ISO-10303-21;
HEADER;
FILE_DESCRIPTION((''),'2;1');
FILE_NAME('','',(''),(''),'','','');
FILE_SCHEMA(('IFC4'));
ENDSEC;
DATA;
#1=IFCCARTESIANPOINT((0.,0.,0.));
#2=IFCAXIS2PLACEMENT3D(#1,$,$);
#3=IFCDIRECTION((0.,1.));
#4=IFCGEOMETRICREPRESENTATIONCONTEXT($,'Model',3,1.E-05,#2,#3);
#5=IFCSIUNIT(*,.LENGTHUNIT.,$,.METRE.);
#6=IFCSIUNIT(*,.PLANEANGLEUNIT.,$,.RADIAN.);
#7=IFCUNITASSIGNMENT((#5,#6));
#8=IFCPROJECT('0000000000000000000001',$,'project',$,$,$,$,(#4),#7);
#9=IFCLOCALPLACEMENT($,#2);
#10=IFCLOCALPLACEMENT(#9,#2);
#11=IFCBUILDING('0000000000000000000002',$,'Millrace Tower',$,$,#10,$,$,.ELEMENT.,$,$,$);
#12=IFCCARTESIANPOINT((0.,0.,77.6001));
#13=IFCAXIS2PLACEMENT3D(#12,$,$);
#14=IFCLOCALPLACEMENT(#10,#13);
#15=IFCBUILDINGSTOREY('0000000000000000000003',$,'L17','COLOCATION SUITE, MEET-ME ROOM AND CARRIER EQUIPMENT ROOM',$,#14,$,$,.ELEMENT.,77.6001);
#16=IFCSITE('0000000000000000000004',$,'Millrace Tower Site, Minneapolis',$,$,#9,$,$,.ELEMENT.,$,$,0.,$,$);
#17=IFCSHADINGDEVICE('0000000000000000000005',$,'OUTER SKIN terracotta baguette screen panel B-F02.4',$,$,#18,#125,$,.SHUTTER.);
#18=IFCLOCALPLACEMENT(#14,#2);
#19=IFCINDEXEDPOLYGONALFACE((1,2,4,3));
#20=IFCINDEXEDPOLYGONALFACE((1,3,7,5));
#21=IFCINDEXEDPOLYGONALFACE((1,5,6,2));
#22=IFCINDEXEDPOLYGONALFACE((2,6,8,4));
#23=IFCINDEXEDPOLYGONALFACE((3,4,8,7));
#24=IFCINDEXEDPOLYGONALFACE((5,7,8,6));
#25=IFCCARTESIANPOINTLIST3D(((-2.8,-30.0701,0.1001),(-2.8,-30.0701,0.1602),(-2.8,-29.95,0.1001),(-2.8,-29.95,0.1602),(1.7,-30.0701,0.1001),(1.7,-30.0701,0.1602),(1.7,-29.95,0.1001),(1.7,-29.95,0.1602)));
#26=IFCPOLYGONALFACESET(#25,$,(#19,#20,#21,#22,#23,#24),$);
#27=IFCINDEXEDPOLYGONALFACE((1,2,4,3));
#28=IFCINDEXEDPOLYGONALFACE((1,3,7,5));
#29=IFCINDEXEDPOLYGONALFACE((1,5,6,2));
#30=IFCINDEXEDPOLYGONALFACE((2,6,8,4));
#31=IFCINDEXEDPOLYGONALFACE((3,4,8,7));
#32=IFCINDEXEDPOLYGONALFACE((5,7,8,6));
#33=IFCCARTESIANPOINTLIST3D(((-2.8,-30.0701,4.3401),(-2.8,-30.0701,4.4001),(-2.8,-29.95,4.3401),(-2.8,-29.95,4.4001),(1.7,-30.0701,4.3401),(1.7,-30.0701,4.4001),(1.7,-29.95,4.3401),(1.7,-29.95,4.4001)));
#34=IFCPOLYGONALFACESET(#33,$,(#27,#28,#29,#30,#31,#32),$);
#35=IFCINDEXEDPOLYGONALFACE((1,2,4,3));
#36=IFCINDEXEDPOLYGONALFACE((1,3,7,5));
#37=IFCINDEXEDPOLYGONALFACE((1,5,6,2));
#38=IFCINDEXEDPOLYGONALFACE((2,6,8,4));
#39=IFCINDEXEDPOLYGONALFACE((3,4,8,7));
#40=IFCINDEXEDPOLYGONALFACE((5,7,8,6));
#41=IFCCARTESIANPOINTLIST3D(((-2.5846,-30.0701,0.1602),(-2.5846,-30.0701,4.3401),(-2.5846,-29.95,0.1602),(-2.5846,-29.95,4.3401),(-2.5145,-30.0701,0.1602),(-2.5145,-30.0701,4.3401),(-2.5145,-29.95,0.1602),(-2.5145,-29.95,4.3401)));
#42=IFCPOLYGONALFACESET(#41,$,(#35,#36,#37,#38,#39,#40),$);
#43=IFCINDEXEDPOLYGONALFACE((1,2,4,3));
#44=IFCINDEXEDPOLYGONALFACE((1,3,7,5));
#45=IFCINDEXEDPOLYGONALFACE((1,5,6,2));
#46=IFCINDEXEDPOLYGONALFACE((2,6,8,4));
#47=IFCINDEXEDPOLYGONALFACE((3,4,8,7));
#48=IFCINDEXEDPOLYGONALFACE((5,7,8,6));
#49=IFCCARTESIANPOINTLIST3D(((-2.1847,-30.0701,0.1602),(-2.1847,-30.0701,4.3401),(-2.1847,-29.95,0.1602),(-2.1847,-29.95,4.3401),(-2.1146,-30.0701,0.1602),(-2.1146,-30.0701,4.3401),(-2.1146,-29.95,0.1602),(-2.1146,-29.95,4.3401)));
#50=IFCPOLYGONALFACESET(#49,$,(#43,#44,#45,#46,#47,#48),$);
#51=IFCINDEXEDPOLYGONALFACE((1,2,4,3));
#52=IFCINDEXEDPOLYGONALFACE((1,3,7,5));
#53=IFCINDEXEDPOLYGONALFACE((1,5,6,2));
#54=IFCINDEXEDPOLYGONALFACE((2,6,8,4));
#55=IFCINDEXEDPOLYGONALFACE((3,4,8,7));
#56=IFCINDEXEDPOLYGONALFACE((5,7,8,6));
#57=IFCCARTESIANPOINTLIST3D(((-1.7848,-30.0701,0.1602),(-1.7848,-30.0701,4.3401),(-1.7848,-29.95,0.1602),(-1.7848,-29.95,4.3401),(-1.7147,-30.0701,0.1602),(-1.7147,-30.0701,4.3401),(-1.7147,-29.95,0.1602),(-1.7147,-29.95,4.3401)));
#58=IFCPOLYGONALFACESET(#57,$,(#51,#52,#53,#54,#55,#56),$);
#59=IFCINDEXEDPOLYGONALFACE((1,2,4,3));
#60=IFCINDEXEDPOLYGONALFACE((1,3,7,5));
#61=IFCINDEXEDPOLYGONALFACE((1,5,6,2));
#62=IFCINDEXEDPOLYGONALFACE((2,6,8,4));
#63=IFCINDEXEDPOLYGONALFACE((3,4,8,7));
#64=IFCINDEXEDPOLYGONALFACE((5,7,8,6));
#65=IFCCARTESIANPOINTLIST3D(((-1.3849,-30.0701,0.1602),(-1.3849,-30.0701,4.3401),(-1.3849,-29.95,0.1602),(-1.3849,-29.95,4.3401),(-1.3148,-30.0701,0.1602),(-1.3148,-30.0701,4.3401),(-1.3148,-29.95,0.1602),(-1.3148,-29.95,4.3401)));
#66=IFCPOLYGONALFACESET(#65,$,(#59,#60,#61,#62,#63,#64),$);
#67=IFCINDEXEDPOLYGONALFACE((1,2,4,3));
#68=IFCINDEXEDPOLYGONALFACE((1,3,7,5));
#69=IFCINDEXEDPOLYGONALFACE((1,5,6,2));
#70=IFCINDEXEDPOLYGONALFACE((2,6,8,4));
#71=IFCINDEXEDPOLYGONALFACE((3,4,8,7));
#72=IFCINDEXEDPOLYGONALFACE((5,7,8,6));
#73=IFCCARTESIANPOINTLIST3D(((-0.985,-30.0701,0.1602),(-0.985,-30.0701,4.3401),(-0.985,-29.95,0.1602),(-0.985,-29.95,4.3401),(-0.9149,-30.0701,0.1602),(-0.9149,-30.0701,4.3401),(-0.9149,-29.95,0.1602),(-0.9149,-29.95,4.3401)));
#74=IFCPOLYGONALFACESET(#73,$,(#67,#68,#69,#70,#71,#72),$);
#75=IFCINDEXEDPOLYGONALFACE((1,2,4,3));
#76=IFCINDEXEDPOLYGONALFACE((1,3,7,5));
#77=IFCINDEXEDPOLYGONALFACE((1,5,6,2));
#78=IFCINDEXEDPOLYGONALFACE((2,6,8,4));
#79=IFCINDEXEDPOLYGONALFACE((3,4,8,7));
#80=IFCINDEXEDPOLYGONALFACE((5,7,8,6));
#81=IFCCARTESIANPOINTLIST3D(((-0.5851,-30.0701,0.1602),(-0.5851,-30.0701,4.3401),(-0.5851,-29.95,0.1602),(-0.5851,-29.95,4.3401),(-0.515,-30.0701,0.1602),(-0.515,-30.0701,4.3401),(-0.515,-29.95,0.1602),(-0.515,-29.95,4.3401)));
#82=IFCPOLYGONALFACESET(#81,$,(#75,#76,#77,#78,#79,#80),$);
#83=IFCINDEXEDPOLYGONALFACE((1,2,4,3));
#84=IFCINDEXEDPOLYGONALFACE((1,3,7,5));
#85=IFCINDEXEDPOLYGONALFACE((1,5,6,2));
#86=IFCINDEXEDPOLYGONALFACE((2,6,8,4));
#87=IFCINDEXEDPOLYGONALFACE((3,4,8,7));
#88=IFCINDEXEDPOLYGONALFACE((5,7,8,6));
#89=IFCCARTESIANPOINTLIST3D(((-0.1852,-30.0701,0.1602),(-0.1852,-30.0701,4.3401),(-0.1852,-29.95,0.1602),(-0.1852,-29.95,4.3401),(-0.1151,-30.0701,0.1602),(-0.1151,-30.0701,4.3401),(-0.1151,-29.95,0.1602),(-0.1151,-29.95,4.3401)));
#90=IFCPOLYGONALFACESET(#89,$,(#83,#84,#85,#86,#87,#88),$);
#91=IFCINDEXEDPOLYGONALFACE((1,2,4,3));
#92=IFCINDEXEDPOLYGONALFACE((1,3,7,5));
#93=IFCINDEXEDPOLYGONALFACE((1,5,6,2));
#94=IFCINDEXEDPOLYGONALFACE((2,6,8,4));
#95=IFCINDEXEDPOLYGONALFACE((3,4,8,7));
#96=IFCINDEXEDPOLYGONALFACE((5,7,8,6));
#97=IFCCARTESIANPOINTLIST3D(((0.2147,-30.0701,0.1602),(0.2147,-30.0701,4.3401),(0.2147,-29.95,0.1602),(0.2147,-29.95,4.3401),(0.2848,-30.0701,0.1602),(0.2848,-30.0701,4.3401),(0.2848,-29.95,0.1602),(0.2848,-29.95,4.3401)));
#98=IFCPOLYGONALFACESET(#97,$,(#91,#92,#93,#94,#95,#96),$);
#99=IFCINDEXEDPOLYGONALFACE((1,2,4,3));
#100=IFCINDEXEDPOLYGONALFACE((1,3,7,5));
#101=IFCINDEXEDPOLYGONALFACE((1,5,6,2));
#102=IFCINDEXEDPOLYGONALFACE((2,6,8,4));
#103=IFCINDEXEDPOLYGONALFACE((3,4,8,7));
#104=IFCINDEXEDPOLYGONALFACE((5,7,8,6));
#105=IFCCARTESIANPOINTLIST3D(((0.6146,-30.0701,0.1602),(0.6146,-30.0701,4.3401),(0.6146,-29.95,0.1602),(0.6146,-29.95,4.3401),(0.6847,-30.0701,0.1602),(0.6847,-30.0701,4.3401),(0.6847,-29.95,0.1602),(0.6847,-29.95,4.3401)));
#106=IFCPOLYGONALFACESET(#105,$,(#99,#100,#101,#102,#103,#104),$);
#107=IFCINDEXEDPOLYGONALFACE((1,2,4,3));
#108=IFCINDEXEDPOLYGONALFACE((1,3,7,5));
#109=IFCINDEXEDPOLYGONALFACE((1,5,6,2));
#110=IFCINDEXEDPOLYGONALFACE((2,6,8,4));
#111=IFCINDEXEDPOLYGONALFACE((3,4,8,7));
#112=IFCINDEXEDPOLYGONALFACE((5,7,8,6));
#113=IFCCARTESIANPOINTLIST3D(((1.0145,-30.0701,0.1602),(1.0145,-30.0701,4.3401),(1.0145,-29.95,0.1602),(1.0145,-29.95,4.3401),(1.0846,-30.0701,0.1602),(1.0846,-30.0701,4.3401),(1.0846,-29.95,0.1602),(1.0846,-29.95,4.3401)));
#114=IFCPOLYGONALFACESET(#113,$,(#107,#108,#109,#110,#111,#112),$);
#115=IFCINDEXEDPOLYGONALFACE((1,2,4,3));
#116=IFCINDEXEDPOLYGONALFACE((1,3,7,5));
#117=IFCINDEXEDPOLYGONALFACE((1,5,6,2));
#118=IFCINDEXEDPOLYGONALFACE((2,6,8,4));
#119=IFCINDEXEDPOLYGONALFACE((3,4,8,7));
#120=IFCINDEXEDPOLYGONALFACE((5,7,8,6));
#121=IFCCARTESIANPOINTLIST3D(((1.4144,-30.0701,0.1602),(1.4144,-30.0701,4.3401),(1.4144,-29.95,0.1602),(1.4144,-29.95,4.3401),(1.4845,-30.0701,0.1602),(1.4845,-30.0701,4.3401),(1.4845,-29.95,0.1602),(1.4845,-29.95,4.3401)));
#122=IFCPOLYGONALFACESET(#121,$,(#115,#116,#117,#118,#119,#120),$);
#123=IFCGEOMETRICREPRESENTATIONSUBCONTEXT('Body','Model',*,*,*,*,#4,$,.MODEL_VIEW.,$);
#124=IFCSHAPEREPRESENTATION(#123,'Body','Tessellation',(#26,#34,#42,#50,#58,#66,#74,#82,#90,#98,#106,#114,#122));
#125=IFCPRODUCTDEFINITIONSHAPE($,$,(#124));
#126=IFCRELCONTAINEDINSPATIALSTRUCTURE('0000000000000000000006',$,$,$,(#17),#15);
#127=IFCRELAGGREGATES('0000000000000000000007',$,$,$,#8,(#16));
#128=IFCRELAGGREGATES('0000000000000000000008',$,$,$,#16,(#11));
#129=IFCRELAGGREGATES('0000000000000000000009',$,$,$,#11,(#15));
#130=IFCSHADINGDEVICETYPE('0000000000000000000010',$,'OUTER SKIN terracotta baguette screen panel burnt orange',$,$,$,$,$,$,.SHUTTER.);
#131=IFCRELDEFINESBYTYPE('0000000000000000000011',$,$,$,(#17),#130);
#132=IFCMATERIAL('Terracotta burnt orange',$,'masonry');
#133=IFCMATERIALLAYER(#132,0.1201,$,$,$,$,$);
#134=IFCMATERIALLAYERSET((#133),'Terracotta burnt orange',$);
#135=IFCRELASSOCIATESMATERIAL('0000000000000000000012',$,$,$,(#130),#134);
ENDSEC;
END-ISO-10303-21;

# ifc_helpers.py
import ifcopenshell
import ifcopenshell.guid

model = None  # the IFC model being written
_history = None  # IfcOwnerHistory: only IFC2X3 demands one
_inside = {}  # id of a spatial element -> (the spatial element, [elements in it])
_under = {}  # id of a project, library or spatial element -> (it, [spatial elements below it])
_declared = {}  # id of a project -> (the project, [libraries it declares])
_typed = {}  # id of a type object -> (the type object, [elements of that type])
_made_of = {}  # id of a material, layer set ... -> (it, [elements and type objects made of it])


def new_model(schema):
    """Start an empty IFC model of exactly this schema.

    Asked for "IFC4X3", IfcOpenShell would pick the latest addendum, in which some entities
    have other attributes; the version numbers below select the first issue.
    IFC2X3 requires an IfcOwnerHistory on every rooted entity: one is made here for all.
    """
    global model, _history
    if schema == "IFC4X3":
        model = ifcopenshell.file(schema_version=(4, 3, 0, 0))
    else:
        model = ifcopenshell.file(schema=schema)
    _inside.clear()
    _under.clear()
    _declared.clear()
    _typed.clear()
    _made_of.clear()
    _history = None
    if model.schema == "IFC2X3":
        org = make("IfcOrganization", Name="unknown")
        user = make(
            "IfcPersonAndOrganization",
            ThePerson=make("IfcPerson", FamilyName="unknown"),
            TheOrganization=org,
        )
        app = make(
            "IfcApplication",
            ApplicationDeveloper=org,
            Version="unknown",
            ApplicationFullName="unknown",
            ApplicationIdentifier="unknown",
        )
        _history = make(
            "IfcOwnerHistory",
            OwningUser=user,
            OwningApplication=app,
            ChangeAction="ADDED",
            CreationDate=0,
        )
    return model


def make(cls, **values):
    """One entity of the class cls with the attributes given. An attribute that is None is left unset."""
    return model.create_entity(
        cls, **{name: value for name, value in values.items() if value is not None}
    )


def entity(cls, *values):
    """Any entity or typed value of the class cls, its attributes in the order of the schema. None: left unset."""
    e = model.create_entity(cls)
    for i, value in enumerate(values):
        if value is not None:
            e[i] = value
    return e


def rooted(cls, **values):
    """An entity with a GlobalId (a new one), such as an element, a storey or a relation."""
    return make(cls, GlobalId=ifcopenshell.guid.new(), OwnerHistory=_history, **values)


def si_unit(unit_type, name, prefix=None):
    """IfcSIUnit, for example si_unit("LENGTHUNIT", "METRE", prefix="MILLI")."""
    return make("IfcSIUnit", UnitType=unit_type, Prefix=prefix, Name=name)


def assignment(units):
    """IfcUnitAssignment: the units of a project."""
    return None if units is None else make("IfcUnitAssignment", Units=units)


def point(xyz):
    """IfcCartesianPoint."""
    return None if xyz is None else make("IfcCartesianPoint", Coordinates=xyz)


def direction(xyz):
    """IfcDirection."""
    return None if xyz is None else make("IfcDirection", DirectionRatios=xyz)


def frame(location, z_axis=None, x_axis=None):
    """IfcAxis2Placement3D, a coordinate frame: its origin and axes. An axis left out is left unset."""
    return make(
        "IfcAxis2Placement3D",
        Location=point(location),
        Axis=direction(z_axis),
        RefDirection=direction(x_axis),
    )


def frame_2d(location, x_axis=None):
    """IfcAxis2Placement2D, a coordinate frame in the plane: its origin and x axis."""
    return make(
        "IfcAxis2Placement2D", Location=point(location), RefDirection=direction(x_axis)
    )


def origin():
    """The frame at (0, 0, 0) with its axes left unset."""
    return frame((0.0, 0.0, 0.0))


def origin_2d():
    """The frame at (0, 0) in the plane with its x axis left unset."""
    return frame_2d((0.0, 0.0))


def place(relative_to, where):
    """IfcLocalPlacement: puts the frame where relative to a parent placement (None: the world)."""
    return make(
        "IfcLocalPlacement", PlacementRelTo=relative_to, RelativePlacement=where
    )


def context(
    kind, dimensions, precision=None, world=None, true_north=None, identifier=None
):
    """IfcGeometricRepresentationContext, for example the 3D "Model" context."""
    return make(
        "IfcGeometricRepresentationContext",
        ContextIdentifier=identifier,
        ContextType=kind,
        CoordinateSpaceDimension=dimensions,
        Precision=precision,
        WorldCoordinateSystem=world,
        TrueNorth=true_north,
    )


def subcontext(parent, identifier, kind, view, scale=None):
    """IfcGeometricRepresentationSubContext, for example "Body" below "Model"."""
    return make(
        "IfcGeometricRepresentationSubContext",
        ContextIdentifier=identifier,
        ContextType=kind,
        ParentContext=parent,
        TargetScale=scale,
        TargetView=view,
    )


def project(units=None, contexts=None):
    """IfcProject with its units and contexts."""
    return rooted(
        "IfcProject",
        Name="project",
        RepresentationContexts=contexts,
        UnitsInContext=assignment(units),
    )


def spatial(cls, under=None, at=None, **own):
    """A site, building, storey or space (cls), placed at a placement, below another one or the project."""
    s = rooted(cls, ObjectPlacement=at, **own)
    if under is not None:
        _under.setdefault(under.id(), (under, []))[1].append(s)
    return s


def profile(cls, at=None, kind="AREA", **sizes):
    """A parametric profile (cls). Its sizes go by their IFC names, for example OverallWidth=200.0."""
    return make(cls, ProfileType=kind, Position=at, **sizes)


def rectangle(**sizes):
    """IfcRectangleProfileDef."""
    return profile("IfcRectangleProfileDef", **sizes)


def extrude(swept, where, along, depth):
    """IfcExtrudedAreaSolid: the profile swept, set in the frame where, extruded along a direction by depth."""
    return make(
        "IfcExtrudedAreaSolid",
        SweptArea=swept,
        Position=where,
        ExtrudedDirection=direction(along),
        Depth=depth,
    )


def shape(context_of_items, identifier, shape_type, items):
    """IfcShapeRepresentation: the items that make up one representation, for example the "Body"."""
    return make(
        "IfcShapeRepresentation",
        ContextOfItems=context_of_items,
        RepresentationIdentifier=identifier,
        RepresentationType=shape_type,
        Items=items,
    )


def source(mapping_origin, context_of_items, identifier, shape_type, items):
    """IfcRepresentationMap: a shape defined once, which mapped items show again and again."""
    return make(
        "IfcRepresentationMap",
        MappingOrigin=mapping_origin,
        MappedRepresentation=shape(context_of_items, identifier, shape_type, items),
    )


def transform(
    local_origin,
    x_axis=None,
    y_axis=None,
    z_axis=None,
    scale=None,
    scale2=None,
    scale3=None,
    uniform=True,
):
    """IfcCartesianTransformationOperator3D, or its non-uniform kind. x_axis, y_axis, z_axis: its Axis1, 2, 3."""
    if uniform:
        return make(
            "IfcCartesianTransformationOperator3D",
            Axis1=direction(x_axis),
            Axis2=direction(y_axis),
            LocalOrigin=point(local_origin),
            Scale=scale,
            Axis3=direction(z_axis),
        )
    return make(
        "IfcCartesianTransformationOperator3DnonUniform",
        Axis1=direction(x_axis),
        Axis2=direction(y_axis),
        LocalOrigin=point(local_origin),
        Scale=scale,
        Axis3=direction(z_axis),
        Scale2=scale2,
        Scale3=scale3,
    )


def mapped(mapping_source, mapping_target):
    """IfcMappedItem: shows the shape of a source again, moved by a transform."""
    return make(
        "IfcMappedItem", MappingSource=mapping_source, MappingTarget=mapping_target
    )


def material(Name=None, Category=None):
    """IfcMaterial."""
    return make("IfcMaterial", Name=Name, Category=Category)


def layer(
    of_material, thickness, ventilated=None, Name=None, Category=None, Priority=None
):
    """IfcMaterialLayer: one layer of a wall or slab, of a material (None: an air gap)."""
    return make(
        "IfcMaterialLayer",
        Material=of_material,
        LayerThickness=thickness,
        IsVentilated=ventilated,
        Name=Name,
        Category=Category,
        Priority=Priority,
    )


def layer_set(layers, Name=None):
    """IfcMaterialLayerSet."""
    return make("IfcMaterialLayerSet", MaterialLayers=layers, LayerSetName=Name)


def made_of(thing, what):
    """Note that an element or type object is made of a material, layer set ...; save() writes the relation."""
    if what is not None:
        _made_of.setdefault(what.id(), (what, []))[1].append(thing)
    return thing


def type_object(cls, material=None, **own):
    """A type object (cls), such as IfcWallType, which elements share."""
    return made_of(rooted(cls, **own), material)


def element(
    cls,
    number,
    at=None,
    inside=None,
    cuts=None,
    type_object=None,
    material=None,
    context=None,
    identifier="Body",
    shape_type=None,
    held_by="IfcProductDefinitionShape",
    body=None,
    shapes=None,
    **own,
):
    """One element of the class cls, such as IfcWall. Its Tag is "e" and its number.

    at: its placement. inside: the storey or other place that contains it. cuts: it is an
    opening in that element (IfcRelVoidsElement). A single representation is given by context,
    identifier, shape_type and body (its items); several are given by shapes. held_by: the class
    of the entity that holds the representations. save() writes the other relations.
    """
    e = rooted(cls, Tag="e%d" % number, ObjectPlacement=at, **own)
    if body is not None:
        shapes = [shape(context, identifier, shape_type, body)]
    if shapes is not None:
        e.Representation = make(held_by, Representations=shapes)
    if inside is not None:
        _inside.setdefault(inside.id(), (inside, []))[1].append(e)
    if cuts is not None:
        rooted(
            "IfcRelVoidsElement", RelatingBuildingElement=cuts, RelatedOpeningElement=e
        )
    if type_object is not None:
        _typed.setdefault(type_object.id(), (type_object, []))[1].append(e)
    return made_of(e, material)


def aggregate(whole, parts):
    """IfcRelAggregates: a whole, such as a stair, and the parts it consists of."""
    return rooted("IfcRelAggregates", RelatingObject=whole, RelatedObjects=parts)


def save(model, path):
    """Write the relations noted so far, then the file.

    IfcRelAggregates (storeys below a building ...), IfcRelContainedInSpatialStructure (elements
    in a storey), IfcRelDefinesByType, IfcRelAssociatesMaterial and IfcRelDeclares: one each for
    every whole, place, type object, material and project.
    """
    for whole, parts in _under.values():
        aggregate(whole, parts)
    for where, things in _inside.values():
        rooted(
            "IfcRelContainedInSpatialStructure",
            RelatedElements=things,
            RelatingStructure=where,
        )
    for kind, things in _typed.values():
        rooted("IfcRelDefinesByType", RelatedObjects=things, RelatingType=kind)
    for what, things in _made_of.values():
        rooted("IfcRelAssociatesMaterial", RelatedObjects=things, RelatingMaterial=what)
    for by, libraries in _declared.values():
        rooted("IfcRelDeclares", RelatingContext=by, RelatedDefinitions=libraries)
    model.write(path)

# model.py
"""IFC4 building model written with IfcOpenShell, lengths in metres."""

from ifc_helpers import new_model, entity, si_unit, direction, frame, frame_2d, origin, origin_2d, place, context, subcontext, project, spatial, rectangle, extrude, source, transform, mapped, material, layer, layer_set, type_object, element, save


model = new_model("IFC4")

# Units and contexts
model_context = context("Model", 3, precision=1e-05, world=origin(), true_north=direction((0.0, 1.0)))
body_context = subcontext(model_context, "Body", "Model", "MODEL_VIEW")
ifc_project = project(units=[si_unit("LENGTHUNIT", "METRE"), si_unit("PLANEANGLEUNIT", "RADIAN")], contexts=[model_context])

# Site, building, storey
site_placement = place(None, origin())
site = spatial("IfcSite", under=ifc_project, at=site_placement, Name="Millrace Tower Site, Minneapolis", CompositionType="ELEMENT", RefElevation=0.0)
building_placement = place(site_placement, origin())
building = spatial("IfcBuilding", under=site, at=building_placement, Name="Millrace Tower", CompositionType="ELEMENT")
storey_placement = place(building_placement, frame((0.0, 0.0, 77.6001)))
storey = spatial("IfcBuildingStorey", under=building, at=storey_placement, Name="L17", Description="COLOCATION SUITE, MEET-ME ROOM AND CARRIER EQUIPMENT ROOM", CompositionType="ELEMENT", Elevation=77.6001)

# Shading device
ifc_material_1 = material(Name="Terracotta burnt orange", Category="masonry")
ifc_layer_1 = layer(ifc_material_1, 0.1201)
ifc_layer_set_1 = layer_set([ifc_layer_1], Name="Terracotta burnt orange")
shading_device_type = type_object("IfcShadingDeviceType", Name="OUTER SKIN terracotta baguette screen panel burnt orange", PredefinedType="SHUTTER", material=ifc_layer_set_1)
cartesian_point_1 = entity("IfcCartesianPoint", [-2.25, 0.0601])
shared_polyline_1 = entity("IfcPolyline", [cartesian_point_1, entity("IfcCartesianPoint", [2.25, 0.0601]), entity("IfcCartesianPoint", [2.25, -0.0601]), entity("IfcCartesianPoint", [-2.25, -0.0601]), cartesian_point_1])
shared_shape_1 = source(origin(), body_context, "Body", "SweptSolid", [
    entity("IfcExtrudedAreaSolid", entity("IfcArbitraryClosedProfileDef", "AREA", None, shared_polyline_1), entity("IfcAxis2Placement3D", entity("IfcCartesianPoint", [0.0, 0.0, 0.0])), entity("IfcDirection", [0.0, 0.0, 1.0]), 0.0601),
    entity("IfcExtrudedAreaSolid", entity("IfcArbitraryClosedProfileDef", "AREA", None, shared_polyline_1), entity("IfcAxis2Placement3D", entity("IfcCartesianPoint", [0.0, 0.0, 4.24])), entity("IfcDirection", [0.0, 0.0, 1.0]), 0.0601),
    extrude(rectangle(XDim=0.0701, YDim=0.1201, at=frame_2d((-1.9995, 0.0))), frame((0.0, 0.0, 0.0601)), (0.0, 0.0, 1.0), 4.1799),
    extrude(rectangle(XDim=0.0701, YDim=0.1201, at=frame_2d((-1.5996, 0.0))), frame((0.0, 0.0, 0.0601)), (0.0, 0.0, 1.0), 4.1799),
    extrude(rectangle(XDim=0.0701, YDim=0.1201, at=frame_2d((-1.1997, 0.0))), frame((0.0, 0.0, 0.0601)), (0.0, 0.0, 1.0), 4.1799),
    extrude(rectangle(XDim=0.0701, YDim=0.1201, at=frame_2d((-0.7998, 0.0))), frame((0.0, 0.0, 0.0601)), (0.0, 0.0, 1.0), 4.1799),
    extrude(rectangle(XDim=0.0701, YDim=0.1201, at=frame_2d((-0.3999, 0.0))), frame((0.0, 0.0, 0.0601)), (0.0, 0.0, 1.0), 4.1799),
    extrude(rectangle(XDim=0.0701, YDim=0.1201, at=origin_2d()), frame((0.0, 0.0, 0.0601)), (0.0, 0.0, 1.0), 4.1799),
    extrude(rectangle(XDim=0.0701, YDim=0.1201, at=frame_2d((0.3999, 0.0))), frame((0.0, 0.0, 0.0601)), (0.0, 0.0, 1.0), 4.1799),
    extrude(rectangle(XDim=0.0701, YDim=0.1201, at=frame_2d((0.7998, 0.0))), frame((0.0, 0.0, 0.0601)), (0.0, 0.0, 1.0), 4.1799),
    extrude(rectangle(XDim=0.0701, YDim=0.1201, at=frame_2d((1.1997, 0.0))), frame((0.0, 0.0, 0.0601)), (0.0, 0.0, 1.0), 4.1799),
    extrude(rectangle(XDim=0.0701, YDim=0.1201, at=frame_2d((1.5996, 0.0))), frame((0.0, 0.0, 0.0601)), (0.0, 0.0, 1.0), 4.1799),
    extrude(rectangle(XDim=0.0701, YDim=0.1201, at=frame_2d((1.9995, 0.0))), frame((0.0, 0.0, 0.0601)), (0.0, 0.0, 1.0), 4.1799),
])
for number, where, z_axis, x_axis, name in (
    (1, (-0.55, -30.01, 0.1001), (0.0, 0.0, 1.0), (1.0, 0.0, 0.0), "OUTER SKIN terracotta baguette screen panel B-F02.4"),
):
    element("IfcShadingDevice", number, at=place(storey_placement, frame(where, z_axis=z_axis, x_axis=x_axis)), inside=storey, type_object=shading_device_type, Name=name, PredefinedType="SHUTTER", context=body_context, shape_type="MappedRepresentation", body=[
        mapped(shared_shape_1, transform((0.0, 0.0, 0.0), scale=1.0)),
    ])

save(model, "model.ifc")
